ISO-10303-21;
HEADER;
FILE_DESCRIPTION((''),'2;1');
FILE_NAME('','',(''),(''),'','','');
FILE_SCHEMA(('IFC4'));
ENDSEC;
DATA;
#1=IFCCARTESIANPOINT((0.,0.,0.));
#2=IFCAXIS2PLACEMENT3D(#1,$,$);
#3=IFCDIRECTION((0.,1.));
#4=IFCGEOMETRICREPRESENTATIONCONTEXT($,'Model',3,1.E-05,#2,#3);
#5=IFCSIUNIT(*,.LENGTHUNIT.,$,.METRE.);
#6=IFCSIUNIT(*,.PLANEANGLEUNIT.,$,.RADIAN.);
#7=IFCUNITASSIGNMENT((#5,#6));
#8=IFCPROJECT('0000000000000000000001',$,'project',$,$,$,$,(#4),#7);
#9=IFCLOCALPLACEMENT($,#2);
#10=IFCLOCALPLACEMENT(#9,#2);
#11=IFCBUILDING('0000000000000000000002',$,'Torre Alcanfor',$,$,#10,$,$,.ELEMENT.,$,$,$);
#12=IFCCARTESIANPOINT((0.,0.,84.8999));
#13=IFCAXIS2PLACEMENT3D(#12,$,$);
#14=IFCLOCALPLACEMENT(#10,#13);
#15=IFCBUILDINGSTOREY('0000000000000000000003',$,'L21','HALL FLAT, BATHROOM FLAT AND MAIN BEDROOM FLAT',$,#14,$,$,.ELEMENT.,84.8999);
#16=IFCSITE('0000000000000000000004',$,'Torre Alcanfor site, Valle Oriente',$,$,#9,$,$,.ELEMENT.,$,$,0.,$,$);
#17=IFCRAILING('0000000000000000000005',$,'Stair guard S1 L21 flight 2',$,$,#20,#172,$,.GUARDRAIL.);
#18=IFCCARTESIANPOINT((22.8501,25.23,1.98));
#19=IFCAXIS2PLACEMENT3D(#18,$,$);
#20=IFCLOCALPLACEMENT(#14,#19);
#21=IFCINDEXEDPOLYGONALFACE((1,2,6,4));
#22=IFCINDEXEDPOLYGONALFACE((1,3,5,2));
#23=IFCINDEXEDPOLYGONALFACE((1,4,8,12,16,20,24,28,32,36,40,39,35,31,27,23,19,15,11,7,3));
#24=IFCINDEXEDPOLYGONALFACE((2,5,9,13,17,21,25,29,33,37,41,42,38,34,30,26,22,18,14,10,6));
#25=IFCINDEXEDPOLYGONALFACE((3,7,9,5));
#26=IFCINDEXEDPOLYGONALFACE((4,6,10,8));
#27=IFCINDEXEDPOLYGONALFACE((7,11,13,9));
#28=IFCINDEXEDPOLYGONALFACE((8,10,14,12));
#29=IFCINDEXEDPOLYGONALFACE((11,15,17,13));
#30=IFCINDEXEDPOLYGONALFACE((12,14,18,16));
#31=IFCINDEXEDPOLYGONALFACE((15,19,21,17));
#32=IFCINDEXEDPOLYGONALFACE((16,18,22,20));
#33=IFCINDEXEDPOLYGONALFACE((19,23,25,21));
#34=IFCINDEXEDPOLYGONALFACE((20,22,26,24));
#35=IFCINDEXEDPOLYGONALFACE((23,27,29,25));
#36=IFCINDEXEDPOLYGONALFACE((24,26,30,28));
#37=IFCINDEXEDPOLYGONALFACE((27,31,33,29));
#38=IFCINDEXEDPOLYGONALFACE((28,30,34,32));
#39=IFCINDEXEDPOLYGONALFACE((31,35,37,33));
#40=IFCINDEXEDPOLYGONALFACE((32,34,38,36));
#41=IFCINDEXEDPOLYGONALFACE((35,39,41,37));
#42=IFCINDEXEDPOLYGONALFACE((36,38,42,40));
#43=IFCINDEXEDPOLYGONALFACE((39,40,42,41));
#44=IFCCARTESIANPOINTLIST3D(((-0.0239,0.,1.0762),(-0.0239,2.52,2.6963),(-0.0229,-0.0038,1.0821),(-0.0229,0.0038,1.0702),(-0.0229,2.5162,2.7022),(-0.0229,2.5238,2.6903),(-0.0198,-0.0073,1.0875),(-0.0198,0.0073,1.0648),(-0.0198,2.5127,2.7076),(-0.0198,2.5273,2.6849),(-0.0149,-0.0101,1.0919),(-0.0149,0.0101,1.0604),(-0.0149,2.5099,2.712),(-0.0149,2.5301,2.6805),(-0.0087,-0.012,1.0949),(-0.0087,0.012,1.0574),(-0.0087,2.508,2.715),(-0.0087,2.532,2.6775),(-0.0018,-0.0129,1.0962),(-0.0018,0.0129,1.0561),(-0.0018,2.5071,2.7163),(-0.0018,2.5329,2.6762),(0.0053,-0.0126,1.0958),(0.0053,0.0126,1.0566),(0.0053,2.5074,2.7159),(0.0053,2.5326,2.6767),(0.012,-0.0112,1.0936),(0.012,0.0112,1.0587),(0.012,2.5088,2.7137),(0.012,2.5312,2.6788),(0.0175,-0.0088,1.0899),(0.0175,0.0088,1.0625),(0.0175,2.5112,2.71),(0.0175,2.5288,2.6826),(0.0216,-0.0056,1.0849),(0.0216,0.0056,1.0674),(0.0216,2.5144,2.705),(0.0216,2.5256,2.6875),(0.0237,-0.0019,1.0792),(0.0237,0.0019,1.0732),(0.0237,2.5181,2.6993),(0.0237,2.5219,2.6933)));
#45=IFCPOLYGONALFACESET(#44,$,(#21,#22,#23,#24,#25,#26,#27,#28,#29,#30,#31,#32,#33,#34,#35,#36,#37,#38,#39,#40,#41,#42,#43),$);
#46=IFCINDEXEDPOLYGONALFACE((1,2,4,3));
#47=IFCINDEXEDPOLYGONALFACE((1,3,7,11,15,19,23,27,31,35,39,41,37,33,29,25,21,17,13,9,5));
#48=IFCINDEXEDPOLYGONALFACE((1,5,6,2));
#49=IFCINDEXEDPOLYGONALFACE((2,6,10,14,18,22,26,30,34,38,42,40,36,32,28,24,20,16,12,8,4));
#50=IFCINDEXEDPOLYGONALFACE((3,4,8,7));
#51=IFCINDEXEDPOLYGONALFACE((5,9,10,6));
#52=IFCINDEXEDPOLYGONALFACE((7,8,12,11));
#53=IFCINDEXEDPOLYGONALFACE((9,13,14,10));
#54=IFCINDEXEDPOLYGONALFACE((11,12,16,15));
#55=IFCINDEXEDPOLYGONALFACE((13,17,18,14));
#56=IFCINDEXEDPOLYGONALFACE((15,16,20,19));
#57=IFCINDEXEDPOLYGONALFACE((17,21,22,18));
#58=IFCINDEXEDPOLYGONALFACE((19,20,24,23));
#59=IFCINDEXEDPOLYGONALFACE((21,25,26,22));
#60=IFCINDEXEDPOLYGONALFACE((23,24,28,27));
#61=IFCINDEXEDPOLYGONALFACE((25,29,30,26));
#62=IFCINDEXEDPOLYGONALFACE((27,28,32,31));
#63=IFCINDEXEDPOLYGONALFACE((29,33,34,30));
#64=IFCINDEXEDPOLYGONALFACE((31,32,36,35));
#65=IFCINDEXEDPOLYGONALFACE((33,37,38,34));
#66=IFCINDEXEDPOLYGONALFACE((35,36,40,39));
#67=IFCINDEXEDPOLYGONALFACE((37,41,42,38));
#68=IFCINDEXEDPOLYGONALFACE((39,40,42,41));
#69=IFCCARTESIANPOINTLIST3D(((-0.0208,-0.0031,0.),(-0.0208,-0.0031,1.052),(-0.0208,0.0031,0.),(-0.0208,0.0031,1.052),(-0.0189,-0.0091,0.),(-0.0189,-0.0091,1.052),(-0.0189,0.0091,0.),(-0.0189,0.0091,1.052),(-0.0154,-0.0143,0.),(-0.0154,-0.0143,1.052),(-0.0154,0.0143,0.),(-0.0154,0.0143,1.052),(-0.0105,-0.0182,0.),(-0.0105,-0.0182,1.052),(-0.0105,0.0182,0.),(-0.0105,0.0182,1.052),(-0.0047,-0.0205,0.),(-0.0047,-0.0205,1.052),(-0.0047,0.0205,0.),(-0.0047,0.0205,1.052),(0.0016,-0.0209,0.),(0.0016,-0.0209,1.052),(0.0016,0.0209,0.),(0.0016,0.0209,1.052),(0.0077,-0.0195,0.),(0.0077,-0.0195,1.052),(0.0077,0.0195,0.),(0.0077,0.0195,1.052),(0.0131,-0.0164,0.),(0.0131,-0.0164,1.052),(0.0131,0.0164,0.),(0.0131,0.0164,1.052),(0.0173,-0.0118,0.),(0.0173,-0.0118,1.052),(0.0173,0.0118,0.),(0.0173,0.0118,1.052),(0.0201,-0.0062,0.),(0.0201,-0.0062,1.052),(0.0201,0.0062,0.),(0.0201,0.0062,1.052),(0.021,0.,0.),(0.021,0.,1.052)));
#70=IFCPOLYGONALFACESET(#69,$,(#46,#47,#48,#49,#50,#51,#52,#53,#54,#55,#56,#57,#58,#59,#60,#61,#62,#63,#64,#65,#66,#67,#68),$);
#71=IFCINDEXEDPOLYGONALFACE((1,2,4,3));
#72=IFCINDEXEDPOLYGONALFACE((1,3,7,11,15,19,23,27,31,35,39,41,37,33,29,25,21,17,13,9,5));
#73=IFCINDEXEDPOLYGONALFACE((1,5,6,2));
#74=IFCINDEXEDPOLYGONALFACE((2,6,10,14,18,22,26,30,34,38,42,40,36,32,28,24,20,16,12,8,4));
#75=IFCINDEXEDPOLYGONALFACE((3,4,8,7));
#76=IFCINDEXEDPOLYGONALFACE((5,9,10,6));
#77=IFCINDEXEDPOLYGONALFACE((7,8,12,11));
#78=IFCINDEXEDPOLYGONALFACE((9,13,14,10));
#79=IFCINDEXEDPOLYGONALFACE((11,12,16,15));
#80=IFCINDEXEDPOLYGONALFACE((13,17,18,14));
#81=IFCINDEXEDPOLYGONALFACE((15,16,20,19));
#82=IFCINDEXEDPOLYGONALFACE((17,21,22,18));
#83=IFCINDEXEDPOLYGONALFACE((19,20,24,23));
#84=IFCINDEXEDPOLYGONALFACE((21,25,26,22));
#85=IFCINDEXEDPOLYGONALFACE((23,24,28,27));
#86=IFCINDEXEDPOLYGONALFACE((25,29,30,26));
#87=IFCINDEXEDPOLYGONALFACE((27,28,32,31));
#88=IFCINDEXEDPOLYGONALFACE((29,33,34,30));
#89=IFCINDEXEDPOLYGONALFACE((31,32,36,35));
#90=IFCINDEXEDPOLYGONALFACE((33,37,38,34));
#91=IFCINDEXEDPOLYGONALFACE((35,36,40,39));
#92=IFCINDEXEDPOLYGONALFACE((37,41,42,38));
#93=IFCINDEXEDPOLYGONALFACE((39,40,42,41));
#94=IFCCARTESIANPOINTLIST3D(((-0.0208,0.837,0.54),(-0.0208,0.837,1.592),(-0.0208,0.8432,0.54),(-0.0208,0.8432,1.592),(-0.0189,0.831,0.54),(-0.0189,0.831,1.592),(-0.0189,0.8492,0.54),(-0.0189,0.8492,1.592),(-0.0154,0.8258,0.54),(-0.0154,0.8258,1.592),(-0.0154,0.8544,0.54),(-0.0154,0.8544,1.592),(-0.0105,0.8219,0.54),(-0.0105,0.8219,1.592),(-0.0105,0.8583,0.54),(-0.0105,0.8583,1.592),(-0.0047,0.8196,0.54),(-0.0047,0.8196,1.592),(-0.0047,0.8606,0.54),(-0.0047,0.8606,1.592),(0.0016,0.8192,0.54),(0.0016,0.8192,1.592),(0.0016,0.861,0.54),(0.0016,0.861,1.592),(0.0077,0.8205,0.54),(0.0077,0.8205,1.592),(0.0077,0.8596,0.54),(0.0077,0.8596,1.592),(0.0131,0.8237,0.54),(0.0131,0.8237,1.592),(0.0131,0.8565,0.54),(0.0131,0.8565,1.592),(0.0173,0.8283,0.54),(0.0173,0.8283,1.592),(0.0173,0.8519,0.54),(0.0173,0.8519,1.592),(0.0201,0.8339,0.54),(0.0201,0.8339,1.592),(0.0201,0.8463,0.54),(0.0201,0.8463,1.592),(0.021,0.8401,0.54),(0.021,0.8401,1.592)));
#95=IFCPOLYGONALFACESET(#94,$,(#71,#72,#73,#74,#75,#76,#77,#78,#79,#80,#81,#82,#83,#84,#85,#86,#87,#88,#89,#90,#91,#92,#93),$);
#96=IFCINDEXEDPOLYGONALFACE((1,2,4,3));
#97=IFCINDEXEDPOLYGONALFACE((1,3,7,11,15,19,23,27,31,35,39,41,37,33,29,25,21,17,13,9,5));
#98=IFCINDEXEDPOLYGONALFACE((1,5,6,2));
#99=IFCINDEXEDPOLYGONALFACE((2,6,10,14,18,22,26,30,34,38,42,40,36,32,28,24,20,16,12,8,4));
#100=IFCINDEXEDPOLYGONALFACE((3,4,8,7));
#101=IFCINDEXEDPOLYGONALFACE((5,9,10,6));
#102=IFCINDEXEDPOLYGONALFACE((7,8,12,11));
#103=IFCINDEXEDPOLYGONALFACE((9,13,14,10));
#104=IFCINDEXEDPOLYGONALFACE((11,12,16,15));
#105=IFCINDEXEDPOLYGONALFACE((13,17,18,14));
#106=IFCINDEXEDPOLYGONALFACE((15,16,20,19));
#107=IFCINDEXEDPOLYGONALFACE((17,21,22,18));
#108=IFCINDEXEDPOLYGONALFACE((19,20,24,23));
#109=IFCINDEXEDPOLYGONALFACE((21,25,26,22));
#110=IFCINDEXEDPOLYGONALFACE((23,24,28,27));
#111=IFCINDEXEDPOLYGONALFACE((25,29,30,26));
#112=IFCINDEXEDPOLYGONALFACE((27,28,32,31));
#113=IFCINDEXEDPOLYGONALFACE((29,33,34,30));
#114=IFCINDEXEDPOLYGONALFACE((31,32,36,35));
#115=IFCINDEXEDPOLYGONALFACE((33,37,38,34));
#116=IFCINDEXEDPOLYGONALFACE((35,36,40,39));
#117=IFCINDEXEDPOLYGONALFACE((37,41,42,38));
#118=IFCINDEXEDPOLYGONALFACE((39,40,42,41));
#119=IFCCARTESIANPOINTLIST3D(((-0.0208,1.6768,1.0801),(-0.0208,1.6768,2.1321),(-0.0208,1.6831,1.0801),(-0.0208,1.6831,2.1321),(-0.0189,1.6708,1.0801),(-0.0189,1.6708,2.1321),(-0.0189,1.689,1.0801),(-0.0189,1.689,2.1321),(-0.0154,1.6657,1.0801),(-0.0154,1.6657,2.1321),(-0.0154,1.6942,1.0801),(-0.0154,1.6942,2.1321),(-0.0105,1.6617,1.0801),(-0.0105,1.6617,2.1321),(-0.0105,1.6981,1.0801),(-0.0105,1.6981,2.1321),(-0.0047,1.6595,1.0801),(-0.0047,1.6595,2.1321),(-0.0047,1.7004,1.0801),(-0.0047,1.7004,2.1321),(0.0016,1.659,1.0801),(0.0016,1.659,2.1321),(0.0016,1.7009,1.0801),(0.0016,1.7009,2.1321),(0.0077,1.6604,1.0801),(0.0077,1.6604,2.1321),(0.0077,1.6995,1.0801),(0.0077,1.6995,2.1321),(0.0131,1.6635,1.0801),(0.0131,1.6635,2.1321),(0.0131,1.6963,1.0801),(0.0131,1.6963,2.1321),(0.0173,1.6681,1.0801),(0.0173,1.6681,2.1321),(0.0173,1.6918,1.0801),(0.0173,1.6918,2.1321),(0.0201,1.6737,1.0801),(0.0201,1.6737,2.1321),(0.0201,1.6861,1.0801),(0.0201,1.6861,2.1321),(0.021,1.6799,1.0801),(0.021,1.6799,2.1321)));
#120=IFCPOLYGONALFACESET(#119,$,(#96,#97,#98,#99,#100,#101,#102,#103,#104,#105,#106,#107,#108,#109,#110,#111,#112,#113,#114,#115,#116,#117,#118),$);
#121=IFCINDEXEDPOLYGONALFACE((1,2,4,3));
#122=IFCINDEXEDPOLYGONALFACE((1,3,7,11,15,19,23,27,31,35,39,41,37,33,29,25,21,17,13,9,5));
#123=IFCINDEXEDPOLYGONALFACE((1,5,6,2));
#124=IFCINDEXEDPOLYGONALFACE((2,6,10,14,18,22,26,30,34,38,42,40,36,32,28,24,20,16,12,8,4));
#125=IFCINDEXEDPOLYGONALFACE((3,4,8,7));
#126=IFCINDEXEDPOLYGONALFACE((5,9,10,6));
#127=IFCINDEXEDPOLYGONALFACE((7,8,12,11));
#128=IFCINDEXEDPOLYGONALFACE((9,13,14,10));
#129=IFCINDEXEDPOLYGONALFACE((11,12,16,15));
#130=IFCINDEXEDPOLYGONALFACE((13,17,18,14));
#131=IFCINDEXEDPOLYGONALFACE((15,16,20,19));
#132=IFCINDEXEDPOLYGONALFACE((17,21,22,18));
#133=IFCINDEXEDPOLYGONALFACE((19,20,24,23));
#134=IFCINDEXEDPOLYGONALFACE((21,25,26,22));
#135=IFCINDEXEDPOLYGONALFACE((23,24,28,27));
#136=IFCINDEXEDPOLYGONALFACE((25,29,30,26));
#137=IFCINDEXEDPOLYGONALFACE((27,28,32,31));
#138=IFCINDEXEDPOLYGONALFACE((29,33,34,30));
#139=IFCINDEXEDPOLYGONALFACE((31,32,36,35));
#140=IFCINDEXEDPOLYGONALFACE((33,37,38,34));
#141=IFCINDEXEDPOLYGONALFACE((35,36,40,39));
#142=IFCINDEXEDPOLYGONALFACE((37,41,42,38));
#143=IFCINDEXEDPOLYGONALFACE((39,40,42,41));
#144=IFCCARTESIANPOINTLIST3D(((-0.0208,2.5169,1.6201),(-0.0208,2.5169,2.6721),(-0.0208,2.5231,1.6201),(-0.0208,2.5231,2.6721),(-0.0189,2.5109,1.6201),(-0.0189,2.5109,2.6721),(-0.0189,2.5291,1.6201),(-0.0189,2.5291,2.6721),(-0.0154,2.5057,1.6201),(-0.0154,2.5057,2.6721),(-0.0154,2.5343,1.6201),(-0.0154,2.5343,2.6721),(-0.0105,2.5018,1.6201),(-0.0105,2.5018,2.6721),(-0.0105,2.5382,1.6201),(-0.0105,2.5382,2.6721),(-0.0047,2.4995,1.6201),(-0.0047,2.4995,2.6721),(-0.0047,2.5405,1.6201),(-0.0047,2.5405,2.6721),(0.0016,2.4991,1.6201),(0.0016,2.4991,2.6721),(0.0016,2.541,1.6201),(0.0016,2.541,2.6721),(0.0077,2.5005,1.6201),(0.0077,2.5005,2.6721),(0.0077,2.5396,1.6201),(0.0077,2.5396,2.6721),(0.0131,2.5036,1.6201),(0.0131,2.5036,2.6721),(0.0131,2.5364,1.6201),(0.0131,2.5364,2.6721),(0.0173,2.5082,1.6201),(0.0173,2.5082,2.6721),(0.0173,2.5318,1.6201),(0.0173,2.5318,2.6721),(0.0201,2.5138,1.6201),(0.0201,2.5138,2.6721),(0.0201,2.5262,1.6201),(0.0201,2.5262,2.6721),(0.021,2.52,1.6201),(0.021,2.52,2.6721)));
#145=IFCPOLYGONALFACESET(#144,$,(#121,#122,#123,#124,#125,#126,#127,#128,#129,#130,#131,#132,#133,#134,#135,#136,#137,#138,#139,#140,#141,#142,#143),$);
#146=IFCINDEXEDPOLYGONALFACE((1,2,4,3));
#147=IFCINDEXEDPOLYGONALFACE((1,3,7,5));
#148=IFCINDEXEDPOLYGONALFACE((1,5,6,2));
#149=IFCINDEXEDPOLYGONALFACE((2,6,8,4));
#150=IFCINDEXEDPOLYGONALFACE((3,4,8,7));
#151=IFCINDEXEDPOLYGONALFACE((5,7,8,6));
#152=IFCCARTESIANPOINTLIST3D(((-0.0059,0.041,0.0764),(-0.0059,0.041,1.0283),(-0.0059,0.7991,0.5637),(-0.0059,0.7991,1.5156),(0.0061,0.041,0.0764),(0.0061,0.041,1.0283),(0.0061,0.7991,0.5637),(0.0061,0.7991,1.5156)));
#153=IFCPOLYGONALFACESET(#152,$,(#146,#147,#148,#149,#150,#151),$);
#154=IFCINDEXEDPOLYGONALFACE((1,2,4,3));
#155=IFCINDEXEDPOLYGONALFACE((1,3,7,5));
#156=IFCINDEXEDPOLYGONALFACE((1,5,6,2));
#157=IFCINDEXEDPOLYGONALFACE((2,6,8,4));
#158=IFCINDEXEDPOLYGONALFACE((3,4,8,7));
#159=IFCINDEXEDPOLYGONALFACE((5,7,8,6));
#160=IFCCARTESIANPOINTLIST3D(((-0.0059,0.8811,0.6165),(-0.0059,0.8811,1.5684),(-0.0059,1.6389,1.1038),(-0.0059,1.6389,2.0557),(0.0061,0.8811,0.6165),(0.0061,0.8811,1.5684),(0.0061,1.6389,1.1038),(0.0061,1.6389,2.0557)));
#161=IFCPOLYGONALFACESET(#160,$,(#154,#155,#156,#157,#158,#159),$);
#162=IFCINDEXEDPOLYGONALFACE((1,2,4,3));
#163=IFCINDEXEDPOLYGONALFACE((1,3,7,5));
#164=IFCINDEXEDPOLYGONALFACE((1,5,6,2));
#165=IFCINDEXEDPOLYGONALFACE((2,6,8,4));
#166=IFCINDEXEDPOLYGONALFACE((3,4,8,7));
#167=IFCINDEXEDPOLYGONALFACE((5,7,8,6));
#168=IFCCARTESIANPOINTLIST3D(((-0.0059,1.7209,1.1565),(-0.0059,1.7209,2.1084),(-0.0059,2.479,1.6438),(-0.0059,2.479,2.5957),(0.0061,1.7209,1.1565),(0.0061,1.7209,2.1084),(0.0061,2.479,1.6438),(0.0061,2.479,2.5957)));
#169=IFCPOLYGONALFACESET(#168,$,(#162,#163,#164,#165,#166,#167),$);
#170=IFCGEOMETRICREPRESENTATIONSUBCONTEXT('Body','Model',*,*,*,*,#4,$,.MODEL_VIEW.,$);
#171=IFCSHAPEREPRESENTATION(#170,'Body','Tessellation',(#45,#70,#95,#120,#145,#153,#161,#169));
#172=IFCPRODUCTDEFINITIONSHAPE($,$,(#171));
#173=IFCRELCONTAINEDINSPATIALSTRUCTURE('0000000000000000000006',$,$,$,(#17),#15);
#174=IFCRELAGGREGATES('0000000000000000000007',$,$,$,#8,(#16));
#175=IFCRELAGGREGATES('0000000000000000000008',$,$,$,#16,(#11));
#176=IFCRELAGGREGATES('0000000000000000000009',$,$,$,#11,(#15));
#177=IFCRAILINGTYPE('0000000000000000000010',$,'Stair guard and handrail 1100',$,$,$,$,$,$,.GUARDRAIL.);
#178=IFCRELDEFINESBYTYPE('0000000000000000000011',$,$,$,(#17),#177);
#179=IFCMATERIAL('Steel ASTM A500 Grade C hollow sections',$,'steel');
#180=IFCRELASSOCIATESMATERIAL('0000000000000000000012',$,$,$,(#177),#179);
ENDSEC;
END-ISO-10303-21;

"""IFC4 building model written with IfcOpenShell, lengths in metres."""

from ifc_helpers import new_model, si_unit, direction, frame, origin, origin_2d, place, context, subcontext, project, spatial, polyline, circle, outline, extrude, material, type_object, element, save


model = new_model("IFC4")

# Units and contexts
model_context = context("Model", 3, precision=1e-05, world=origin(), true_north=direction((0.0, 1.0)))
body_context = subcontext(model_context, "Body", "Model", "MODEL_VIEW")
ifc_project = project(units=[si_unit("LENGTHUNIT", "METRE"), si_unit("PLANEANGLEUNIT", "RADIAN")], contexts=[model_context])

# Site, building, storey
site_placement = place(None, origin())
site = spatial("IfcSite", under=ifc_project, at=site_placement, Name="Torre Alcanfor site, Valle Oriente", CompositionType="ELEMENT", RefElevation=0.0)
building_placement = place(site_placement, origin())
building = spatial("IfcBuilding", under=site, at=building_placement, Name="Torre Alcanfor", CompositionType="ELEMENT")
storey_placement = place(building_placement, frame((0.0, 0.0, 84.8999)))
storey = spatial("IfcBuildingStorey", under=building, at=storey_placement, Name="L21", Description="HALL FLAT, BATHROOM FLAT AND MAIN BEDROOM FLAT", CompositionType="ELEMENT", Elevation=84.8999)

# Railing
ifc_material_1 = material(Name="Steel ASTM A500 Grade C hollow sections", Category="steel")
railing_type_1 = type_object("IfcRailingType", Name="Stair guard and handrail 1100", PredefinedType="GUARDRAIL", material=ifc_material_1)
railing_1_placement = place(storey_placement, frame((22.8501, 25.23, 1.98)))
element("IfcRailing", 1, at=railing_1_placement, inside=storey, type_object=railing_type_1, Name="Stair guard S1 L21 flight 2", PredefinedType="GUARDRAIL", context=body_context, shape_type="SweptSolid", body=[
    extrude(circle(Radius=0.0239, at=origin_2d()), frame((0.0, 0.0, 1.0762), z_axis=(0.0, 0.841163, 0.540782), x_axis=(-1.0, 0.0, 0.0)), (0.0, 0.0, 1.0), 2.9958),
    extrude(circle(Radius=0.021, at=origin_2d()), origin(), (0.0, 0.0, 1.0), 1.052),
    extrude(circle(Radius=0.021, at=origin_2d()), frame((0.0, 0.8401, 0.54)), (0.0, 0.0, 1.0), 1.052),
    extrude(circle(Radius=0.021, at=origin_2d()), frame((0.0, 1.6799, 1.0801)), (0.0, 0.0, 1.0), 1.052),
    extrude(circle(Radius=0.021, at=origin_2d()), frame((0.0, 2.52, 1.6201)), (0.0, 0.0, 1.0), 1.052),
    extrude(outline(polyline([(0.041, 0.0764), (0.7991, 0.5637), (0.7991, 1.5156), (0.041, 1.0283), (0.041, 0.0764)])), frame((-0.0059, 0.0, 0.0), z_axis=(1.0, 0.0, 0.0), x_axis=(0.0, 1.0, 0.0)), (0.0, 0.0, 1.0), 0.012),
    extrude(outline(polyline([(0.8811, 0.6165), (1.6389, 1.1038), (1.6389, 2.0557), (0.8811, 1.5684), (0.8811, 0.6165)])), frame((-0.0059, 0.0, 0.0), z_axis=(1.0, 0.0, 0.0), x_axis=(0.0, 1.0, 0.0)), (0.0, 0.0, 1.0), 0.012),
    extrude(outline(polyline([(1.7209, 1.1565), (2.479, 1.6438), (2.479, 2.5957), (1.7209, 2.1084), (1.7209, 1.1565)])), frame((-0.0059, 0.0, 0.0), z_axis=(1.0, 0.0, 0.0), x_axis=(0.0, 1.0, 0.0)), (0.0, 0.0, 1.0), 0.012),
])

save(model, "model.ifc")
